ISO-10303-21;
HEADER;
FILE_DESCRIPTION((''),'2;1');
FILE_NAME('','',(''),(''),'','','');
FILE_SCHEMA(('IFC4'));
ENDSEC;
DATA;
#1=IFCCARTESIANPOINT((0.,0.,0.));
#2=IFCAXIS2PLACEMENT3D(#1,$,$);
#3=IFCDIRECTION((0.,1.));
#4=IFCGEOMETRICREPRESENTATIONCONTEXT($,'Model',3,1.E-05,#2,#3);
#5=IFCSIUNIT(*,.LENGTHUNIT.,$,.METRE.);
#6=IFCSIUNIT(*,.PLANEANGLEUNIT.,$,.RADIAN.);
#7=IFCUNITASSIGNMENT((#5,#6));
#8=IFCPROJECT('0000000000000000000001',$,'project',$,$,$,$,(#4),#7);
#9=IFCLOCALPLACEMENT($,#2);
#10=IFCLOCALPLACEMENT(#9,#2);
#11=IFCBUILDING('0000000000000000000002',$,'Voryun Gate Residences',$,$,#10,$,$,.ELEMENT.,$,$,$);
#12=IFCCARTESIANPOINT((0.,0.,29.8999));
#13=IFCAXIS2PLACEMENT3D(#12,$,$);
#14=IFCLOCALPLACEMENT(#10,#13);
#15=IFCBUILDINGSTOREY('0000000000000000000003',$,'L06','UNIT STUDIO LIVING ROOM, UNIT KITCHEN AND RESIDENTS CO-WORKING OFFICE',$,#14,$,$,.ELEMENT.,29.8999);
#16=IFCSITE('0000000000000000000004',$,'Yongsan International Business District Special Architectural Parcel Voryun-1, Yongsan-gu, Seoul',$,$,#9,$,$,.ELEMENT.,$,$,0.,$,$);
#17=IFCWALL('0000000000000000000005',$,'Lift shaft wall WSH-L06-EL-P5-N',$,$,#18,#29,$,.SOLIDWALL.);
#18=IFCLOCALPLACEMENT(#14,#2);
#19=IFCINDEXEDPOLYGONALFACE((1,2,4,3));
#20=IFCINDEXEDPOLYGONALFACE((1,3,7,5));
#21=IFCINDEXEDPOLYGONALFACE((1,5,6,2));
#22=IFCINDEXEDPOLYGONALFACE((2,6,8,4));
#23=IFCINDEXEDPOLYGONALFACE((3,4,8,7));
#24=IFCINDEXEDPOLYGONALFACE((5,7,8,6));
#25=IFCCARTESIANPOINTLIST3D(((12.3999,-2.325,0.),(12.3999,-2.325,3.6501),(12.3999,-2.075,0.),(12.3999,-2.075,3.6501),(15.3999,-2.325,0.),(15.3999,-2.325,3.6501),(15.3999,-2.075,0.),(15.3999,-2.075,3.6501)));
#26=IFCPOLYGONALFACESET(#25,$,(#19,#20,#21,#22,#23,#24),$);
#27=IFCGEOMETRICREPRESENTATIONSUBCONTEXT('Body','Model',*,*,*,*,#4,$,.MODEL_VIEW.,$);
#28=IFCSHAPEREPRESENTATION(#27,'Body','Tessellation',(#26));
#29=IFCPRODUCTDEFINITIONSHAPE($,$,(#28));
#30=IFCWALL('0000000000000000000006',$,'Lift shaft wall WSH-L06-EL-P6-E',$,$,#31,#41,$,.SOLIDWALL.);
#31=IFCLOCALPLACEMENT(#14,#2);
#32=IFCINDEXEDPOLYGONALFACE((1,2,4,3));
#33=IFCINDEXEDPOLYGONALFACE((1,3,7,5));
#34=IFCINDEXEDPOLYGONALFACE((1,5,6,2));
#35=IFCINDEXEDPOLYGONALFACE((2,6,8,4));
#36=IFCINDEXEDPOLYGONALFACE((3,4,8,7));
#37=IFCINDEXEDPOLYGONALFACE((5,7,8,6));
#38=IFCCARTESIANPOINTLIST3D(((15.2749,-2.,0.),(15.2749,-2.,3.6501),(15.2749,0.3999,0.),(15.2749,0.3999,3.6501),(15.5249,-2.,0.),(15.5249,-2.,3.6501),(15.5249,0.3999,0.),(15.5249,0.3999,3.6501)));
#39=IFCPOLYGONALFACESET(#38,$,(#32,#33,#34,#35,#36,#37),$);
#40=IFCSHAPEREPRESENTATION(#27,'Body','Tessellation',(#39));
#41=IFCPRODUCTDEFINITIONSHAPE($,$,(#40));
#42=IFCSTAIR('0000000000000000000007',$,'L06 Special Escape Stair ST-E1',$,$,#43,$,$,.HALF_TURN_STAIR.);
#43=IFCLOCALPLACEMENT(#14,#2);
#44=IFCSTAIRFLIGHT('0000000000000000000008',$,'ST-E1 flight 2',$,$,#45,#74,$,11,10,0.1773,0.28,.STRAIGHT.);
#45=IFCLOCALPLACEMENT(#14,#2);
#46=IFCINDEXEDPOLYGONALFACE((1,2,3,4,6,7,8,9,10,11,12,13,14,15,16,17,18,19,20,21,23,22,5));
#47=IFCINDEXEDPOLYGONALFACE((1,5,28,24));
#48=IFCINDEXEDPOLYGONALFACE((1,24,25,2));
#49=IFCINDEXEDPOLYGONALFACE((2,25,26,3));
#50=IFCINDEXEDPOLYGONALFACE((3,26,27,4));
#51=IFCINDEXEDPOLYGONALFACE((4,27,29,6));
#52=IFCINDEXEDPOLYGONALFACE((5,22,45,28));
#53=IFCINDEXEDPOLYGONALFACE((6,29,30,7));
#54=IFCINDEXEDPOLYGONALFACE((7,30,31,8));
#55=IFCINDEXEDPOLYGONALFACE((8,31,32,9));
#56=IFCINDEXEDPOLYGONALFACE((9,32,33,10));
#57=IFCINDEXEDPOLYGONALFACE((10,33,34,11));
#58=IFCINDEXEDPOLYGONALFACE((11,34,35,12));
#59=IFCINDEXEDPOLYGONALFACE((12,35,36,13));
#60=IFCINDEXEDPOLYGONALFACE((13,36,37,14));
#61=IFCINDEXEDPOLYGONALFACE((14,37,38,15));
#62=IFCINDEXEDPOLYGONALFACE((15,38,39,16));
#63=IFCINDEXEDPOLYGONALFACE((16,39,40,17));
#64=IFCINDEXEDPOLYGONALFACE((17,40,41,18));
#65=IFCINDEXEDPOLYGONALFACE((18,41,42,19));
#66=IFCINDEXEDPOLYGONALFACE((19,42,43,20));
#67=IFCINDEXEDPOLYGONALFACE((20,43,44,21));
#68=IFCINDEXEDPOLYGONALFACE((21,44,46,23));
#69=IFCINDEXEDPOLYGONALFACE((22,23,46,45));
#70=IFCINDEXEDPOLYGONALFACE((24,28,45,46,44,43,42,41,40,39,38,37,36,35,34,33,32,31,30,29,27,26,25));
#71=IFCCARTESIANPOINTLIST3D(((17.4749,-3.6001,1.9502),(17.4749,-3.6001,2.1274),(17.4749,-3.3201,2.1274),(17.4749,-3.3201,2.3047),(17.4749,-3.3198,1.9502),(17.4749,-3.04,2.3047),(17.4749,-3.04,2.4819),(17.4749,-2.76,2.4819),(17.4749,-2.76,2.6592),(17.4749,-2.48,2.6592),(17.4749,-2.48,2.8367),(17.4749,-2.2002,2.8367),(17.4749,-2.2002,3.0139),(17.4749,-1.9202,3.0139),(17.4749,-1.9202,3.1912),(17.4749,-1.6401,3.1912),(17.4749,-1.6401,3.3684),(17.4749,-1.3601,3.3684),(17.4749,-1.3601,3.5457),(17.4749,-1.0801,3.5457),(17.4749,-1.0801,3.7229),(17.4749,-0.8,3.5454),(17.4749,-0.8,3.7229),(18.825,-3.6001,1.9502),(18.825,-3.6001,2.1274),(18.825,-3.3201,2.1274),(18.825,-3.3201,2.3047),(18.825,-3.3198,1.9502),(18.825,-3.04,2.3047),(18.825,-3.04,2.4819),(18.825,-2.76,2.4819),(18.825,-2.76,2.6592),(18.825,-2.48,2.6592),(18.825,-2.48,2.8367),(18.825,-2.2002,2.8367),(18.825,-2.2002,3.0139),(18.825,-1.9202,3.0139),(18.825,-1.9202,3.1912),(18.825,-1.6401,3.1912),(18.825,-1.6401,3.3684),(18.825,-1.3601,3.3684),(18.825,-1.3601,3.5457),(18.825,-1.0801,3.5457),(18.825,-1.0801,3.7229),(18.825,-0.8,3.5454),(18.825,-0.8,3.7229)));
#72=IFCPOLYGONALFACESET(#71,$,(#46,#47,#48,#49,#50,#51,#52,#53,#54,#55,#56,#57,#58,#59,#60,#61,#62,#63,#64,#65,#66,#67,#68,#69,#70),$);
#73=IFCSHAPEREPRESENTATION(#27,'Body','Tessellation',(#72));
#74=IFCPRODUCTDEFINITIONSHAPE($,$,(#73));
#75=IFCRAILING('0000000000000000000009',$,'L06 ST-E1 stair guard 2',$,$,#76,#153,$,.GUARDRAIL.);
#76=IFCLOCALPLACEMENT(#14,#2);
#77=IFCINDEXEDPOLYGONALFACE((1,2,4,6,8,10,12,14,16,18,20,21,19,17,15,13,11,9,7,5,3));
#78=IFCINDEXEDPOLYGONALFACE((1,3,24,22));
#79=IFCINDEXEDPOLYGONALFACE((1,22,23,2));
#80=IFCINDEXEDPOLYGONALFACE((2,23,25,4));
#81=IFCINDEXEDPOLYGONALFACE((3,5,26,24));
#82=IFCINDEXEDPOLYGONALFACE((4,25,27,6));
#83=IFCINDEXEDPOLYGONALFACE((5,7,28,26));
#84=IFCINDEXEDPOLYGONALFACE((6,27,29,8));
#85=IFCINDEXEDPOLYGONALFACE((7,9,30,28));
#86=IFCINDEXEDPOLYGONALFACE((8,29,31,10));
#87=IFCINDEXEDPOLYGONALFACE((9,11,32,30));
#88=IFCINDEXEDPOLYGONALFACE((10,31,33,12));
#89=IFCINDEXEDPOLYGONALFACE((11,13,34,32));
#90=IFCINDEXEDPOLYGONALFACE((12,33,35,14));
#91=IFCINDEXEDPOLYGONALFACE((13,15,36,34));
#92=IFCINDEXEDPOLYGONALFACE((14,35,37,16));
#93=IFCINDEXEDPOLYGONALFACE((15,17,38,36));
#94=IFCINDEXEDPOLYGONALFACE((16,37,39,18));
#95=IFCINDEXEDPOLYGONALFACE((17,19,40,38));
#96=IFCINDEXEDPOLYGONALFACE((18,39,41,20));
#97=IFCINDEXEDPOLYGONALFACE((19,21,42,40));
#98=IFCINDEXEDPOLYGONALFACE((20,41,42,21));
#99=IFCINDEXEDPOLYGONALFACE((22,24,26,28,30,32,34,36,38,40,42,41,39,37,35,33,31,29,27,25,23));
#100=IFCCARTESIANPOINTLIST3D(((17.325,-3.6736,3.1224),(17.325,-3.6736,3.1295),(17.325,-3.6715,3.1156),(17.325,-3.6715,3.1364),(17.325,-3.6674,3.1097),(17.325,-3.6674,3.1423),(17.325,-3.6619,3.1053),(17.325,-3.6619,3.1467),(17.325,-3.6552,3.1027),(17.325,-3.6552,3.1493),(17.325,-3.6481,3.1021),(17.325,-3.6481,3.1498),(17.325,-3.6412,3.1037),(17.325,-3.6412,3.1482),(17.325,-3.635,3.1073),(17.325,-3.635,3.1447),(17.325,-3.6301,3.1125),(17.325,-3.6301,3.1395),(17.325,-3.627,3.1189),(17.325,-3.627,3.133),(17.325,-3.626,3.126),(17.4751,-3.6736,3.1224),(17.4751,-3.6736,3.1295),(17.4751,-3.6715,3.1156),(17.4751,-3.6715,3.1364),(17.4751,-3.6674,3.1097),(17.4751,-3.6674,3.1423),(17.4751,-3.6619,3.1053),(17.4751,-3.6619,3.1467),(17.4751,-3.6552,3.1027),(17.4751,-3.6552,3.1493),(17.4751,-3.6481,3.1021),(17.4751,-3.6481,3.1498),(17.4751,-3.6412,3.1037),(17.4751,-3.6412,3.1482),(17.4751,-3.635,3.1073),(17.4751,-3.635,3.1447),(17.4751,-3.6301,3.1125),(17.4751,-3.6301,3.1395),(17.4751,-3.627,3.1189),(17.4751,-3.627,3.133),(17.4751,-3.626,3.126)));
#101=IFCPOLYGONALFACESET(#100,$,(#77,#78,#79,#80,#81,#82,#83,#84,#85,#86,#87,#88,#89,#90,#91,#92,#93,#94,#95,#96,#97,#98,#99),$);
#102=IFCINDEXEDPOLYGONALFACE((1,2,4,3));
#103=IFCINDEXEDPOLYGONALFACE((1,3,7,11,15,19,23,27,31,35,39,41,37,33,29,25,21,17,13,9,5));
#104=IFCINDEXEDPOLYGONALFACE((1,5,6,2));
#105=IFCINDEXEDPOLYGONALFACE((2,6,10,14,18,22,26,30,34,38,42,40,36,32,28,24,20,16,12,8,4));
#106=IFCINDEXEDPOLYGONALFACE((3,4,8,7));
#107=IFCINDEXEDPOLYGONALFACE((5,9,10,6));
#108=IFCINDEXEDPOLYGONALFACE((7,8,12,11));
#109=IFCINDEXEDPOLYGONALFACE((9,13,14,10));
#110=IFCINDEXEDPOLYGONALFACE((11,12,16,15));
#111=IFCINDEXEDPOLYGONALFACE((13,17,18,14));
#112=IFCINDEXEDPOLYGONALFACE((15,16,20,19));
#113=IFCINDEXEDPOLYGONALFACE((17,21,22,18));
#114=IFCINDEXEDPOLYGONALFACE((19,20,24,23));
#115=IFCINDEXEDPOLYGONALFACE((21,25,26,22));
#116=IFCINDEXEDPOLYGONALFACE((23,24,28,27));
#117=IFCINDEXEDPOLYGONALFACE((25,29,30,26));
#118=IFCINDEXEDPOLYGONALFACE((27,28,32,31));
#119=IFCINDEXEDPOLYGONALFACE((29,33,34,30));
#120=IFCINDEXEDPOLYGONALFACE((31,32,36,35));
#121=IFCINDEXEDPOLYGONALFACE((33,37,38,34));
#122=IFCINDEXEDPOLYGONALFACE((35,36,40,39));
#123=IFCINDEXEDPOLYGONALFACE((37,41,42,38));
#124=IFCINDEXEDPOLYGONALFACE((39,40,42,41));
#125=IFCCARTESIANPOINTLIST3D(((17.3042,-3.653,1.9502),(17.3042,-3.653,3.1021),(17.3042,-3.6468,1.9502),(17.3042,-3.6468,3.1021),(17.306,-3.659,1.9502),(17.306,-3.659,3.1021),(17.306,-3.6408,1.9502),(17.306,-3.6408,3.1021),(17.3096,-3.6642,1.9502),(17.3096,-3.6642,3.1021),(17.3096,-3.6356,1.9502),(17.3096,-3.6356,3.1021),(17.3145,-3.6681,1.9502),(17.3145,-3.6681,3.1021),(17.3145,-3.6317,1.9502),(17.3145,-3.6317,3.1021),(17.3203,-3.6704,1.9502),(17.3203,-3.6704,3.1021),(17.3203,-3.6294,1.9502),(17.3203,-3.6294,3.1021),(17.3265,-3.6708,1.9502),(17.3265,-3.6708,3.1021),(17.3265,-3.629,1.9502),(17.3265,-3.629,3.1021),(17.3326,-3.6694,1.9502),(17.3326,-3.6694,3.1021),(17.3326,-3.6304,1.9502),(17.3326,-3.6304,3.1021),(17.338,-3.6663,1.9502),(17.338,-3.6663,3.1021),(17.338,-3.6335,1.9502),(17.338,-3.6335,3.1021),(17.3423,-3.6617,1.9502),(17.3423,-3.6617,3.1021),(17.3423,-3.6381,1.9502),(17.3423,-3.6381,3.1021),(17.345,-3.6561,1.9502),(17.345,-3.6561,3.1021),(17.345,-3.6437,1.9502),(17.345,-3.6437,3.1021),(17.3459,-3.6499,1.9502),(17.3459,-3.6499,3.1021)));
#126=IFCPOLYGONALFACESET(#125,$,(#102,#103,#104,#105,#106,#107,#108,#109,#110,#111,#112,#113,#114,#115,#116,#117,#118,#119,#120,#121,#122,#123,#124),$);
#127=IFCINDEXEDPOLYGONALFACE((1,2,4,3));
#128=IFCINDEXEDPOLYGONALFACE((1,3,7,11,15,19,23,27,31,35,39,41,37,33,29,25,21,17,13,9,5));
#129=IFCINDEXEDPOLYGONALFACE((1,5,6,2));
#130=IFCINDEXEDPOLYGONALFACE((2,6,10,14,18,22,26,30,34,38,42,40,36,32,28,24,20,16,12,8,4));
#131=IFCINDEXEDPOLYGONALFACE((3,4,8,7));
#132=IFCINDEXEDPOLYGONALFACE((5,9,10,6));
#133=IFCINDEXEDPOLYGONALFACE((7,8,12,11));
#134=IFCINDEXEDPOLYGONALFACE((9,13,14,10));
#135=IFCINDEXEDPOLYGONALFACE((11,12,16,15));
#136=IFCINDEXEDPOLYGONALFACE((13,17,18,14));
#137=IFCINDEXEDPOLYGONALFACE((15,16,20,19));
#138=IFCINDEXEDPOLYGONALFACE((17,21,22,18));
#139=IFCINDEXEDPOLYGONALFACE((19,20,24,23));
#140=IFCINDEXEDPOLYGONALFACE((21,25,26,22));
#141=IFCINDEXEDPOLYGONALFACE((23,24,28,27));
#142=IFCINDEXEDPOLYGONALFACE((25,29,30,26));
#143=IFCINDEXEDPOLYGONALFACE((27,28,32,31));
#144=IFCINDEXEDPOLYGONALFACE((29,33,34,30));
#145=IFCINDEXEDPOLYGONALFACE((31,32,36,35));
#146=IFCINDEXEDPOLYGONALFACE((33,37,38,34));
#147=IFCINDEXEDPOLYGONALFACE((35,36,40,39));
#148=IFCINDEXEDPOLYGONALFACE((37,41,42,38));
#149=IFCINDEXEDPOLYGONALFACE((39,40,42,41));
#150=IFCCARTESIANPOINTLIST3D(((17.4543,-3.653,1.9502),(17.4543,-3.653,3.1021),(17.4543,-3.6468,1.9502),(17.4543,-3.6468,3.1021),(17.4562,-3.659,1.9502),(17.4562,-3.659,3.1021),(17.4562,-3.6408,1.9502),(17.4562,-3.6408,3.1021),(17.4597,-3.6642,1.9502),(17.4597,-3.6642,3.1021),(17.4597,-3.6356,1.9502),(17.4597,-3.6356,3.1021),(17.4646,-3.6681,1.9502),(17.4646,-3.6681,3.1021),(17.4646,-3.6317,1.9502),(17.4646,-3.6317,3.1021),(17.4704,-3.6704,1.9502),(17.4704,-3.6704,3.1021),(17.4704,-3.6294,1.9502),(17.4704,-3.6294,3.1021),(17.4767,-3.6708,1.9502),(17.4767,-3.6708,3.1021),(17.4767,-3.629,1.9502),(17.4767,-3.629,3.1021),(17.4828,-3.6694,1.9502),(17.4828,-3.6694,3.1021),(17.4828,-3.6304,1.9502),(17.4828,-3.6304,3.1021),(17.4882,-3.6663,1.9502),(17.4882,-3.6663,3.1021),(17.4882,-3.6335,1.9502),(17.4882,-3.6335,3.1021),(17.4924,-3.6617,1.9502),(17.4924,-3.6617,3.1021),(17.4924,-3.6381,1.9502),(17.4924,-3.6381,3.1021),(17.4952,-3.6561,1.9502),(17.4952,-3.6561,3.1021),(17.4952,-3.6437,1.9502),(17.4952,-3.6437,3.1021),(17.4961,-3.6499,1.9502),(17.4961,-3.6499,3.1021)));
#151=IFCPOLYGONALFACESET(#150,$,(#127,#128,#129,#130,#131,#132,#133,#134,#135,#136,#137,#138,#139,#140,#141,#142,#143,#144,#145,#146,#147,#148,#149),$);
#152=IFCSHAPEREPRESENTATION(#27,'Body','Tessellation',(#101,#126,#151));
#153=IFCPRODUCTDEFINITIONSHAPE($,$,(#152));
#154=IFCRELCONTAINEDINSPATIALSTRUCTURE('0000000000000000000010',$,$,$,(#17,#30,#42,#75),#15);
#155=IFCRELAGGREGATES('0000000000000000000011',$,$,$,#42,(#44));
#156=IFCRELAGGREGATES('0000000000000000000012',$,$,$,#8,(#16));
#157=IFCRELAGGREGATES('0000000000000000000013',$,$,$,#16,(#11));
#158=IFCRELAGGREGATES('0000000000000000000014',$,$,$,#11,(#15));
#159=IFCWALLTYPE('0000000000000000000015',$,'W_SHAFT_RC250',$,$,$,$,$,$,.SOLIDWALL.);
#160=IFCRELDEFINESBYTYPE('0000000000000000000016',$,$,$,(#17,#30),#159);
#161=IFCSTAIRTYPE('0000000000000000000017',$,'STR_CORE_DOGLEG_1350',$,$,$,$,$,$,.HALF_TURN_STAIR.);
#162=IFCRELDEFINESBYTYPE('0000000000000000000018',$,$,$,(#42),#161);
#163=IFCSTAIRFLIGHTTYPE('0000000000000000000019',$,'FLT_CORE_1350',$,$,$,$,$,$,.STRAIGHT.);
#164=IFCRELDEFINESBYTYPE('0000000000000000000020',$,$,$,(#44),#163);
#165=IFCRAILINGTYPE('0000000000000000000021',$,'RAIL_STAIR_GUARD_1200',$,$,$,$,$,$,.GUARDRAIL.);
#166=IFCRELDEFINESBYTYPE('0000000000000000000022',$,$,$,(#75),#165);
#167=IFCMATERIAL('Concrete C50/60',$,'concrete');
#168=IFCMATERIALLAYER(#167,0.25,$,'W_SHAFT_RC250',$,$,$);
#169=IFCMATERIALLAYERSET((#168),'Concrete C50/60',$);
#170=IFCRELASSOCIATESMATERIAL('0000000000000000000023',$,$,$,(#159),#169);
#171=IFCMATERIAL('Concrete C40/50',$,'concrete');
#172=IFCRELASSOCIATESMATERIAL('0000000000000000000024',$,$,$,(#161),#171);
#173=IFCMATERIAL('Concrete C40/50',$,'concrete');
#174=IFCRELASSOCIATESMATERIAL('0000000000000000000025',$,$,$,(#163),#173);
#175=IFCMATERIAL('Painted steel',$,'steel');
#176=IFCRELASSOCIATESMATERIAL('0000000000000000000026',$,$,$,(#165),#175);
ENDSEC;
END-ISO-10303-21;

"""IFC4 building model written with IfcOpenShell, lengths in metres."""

from ifc_helpers import new_model, si_unit, direction, frame, frame_2d, origin, origin_2d, place, context, subcontext, project, spatial, polyline, rectangle, circle, outline, extrude, material, layer, layer_set, type_object, element, aggregate, save


model = new_model("IFC4")

# Units and contexts
model_context = context("Model", 3, precision=1e-05, world=origin(), true_north=direction((0.0, 1.0)))
body_context = subcontext(model_context, "Body", "Model", "MODEL_VIEW")
ifc_project = project(units=[si_unit("LENGTHUNIT", "METRE"), si_unit("PLANEANGLEUNIT", "RADIAN")], contexts=[model_context])

# Site, building, storey
site_placement = place(None, origin())
site = spatial("IfcSite", under=ifc_project, at=site_placement, Name="Yongsan International Business District Special Architectural Parcel Voryun-1, Yongsan-gu, Seoul", CompositionType="ELEMENT", RefElevation=0.0)
building_placement = place(site_placement, origin())
building = spatial("IfcBuilding", under=site, at=building_placement, Name="Voryun Gate Residences", CompositionType="ELEMENT")
storey_placement = place(building_placement, frame((0.0, 0.0, 29.8999)))
storey = spatial("IfcBuildingStorey", under=building, at=storey_placement, Name="L06", Description="UNIT STUDIO LIVING ROOM, UNIT KITCHEN AND RESIDENTS CO-WORKING OFFICE", CompositionType="ELEMENT", Elevation=29.8999)

# Walls
ifc_material_1 = material(Name="Concrete C50/60", Category="concrete")
ifc_layer_1 = layer(ifc_material_1, 0.25, Name="W_SHAFT_RC250")
ifc_layer_set_1 = layer_set([ifc_layer_1], Name="Concrete C50/60")
wall_type_1 = type_object("IfcWallType", Name="W_SHAFT_RC250", PredefinedType="SOLIDWALL", material=ifc_layer_set_1)
wall_1_placement = place(storey_placement, frame((15.3999, -2.2, 0.0), z_axis=(0.0, 0.0, 1.0), x_axis=(-1.0, 0.0, 0.0)))
element("IfcWall", 1, at=wall_1_placement, inside=storey, type_object=wall_type_1, Name="Lift shaft wall WSH-L06-EL-P5-N", PredefinedType="SOLIDWALL", context=body_context, shape_type="SweptSolid", body=[
    extrude(rectangle(XDim=3.0, YDim=0.25, at=frame_2d((1.5, 0.0))), origin(), (0.0, 0.0, 1.0), 3.6501),
])
wall_2_placement = place(storey_placement, frame((15.3999, -2.0, 0.0), z_axis=(0.0, 0.0, 1.0), x_axis=(0.0, 1.0, 0.0)))
element("IfcWall", 2, at=wall_2_placement, inside=storey, type_object=wall_type_1, Name="Lift shaft wall WSH-L06-EL-P6-E", PredefinedType="SOLIDWALL", context=body_context, shape_type="SweptSolid", body=[
    extrude(rectangle(XDim=2.3999, YDim=0.25, at=frame_2d((1.2, 0.0))), origin(), (0.0, 0.0, 1.0), 3.6501),
])

# Stair, stair flight
ifc_material_2 = material(Name="Concrete C40/50", Category="concrete")
stair_type = type_object("IfcStairType", Name="STR_CORE_DOGLEG_1350", PredefinedType="HALF_TURN_STAIR", material=ifc_material_2)
stair_placement = place(storey_placement, origin())
stair = element("IfcStair", 3, at=stair_placement, inside=storey, type_object=stair_type, Name="L06 Special Escape Stair ST-E1", PredefinedType="HALF_TURN_STAIR")
ifc_material_3 = material(Name="Concrete C40/50", Category="concrete")
stair_flight_type = type_object("IfcStairFlightType", Name="FLT_CORE_1350", PredefinedType="STRAIGHT", material=ifc_material_3)
stair_flight_placement = place(storey_placement, frame((18.1499, -3.6001, 1.9502), z_axis=(0.0, 0.0, 1.0), x_axis=(0.0, 1.0, 0.0)))
stair_flight = element("IfcStairFlight", 4, at=stair_flight_placement, type_object=stair_flight_type, Name="ST-E1 flight 2", NumberOfRisers=11, NumberOfTreads=10, PredefinedType="STRAIGHT", RiserHeight=0.1773, TreadLength=0.28, context=body_context, shape_type="SweptSolid", body=[
    extrude(outline(polyline([(0.0, 0.0), (0.0, 0.1772), (0.28, 0.1772), (0.28, 0.3545), (0.5601, 0.3545), (0.5601, 0.5317), (0.8401, 0.5317), (0.8401, 0.709), (1.1201, 0.709), (1.1201, 0.8865), (1.3999, 0.8865), (1.3999, 1.0637), (1.6799, 1.0637), (1.6799, 1.241), (1.96, 1.241), (1.96, 1.4182), (2.24, 1.4182), (2.24, 1.5955), (2.52, 1.5955), (2.52, 1.7727), (2.8, 1.7727), (2.8, 1.95), (2.8, 1.5952), (0.2803, 0.0), (0.0, 0.0)])), frame((0.0, 0.675, 0.0), z_axis=(0.0, -1.0, 0.0), x_axis=(1.0, 0.0, 0.0)), (0.0, 0.0, 1.0), 1.3501),
])
aggregate(stair, [stair_flight])

# Railing
ifc_material_4 = material(Name="Painted steel", Category="steel")
railing_type_1 = type_object("IfcRailingType", Name="RAIL_STAIR_GUARD_1200", PredefinedType="GUARDRAIL", material=ifc_material_4)
railing_1_placement = place(storey_placement, frame((17.325, -3.6499, 1.9502)))
element("IfcRailing", 5, at=railing_1_placement, inside=storey, type_object=railing_type_1, Name="L06 ST-E1 stair guard 2", PredefinedType="GUARDRAIL", context=body_context, shape_type="SweptSolid", body=[
    extrude(circle(Radius=0.0239, at=origin_2d()), frame((0.0, 0.0, 1.1758), z_axis=(1.0, 0.0, 0.0), x_axis=(0.0, 1.0, 0.0)), (0.0, 0.0, 1.0), 0.1501),
    extrude(circle(Radius=0.021, at=origin_2d()), origin(), (0.0, 0.0, 1.0), 1.1519),
    extrude(circle(Radius=0.021, at=origin_2d()), frame((0.1501, 0.0, 0.0)), (0.0, 0.0, 1.0), 1.1519),
])

save(model, "model.ifc")
